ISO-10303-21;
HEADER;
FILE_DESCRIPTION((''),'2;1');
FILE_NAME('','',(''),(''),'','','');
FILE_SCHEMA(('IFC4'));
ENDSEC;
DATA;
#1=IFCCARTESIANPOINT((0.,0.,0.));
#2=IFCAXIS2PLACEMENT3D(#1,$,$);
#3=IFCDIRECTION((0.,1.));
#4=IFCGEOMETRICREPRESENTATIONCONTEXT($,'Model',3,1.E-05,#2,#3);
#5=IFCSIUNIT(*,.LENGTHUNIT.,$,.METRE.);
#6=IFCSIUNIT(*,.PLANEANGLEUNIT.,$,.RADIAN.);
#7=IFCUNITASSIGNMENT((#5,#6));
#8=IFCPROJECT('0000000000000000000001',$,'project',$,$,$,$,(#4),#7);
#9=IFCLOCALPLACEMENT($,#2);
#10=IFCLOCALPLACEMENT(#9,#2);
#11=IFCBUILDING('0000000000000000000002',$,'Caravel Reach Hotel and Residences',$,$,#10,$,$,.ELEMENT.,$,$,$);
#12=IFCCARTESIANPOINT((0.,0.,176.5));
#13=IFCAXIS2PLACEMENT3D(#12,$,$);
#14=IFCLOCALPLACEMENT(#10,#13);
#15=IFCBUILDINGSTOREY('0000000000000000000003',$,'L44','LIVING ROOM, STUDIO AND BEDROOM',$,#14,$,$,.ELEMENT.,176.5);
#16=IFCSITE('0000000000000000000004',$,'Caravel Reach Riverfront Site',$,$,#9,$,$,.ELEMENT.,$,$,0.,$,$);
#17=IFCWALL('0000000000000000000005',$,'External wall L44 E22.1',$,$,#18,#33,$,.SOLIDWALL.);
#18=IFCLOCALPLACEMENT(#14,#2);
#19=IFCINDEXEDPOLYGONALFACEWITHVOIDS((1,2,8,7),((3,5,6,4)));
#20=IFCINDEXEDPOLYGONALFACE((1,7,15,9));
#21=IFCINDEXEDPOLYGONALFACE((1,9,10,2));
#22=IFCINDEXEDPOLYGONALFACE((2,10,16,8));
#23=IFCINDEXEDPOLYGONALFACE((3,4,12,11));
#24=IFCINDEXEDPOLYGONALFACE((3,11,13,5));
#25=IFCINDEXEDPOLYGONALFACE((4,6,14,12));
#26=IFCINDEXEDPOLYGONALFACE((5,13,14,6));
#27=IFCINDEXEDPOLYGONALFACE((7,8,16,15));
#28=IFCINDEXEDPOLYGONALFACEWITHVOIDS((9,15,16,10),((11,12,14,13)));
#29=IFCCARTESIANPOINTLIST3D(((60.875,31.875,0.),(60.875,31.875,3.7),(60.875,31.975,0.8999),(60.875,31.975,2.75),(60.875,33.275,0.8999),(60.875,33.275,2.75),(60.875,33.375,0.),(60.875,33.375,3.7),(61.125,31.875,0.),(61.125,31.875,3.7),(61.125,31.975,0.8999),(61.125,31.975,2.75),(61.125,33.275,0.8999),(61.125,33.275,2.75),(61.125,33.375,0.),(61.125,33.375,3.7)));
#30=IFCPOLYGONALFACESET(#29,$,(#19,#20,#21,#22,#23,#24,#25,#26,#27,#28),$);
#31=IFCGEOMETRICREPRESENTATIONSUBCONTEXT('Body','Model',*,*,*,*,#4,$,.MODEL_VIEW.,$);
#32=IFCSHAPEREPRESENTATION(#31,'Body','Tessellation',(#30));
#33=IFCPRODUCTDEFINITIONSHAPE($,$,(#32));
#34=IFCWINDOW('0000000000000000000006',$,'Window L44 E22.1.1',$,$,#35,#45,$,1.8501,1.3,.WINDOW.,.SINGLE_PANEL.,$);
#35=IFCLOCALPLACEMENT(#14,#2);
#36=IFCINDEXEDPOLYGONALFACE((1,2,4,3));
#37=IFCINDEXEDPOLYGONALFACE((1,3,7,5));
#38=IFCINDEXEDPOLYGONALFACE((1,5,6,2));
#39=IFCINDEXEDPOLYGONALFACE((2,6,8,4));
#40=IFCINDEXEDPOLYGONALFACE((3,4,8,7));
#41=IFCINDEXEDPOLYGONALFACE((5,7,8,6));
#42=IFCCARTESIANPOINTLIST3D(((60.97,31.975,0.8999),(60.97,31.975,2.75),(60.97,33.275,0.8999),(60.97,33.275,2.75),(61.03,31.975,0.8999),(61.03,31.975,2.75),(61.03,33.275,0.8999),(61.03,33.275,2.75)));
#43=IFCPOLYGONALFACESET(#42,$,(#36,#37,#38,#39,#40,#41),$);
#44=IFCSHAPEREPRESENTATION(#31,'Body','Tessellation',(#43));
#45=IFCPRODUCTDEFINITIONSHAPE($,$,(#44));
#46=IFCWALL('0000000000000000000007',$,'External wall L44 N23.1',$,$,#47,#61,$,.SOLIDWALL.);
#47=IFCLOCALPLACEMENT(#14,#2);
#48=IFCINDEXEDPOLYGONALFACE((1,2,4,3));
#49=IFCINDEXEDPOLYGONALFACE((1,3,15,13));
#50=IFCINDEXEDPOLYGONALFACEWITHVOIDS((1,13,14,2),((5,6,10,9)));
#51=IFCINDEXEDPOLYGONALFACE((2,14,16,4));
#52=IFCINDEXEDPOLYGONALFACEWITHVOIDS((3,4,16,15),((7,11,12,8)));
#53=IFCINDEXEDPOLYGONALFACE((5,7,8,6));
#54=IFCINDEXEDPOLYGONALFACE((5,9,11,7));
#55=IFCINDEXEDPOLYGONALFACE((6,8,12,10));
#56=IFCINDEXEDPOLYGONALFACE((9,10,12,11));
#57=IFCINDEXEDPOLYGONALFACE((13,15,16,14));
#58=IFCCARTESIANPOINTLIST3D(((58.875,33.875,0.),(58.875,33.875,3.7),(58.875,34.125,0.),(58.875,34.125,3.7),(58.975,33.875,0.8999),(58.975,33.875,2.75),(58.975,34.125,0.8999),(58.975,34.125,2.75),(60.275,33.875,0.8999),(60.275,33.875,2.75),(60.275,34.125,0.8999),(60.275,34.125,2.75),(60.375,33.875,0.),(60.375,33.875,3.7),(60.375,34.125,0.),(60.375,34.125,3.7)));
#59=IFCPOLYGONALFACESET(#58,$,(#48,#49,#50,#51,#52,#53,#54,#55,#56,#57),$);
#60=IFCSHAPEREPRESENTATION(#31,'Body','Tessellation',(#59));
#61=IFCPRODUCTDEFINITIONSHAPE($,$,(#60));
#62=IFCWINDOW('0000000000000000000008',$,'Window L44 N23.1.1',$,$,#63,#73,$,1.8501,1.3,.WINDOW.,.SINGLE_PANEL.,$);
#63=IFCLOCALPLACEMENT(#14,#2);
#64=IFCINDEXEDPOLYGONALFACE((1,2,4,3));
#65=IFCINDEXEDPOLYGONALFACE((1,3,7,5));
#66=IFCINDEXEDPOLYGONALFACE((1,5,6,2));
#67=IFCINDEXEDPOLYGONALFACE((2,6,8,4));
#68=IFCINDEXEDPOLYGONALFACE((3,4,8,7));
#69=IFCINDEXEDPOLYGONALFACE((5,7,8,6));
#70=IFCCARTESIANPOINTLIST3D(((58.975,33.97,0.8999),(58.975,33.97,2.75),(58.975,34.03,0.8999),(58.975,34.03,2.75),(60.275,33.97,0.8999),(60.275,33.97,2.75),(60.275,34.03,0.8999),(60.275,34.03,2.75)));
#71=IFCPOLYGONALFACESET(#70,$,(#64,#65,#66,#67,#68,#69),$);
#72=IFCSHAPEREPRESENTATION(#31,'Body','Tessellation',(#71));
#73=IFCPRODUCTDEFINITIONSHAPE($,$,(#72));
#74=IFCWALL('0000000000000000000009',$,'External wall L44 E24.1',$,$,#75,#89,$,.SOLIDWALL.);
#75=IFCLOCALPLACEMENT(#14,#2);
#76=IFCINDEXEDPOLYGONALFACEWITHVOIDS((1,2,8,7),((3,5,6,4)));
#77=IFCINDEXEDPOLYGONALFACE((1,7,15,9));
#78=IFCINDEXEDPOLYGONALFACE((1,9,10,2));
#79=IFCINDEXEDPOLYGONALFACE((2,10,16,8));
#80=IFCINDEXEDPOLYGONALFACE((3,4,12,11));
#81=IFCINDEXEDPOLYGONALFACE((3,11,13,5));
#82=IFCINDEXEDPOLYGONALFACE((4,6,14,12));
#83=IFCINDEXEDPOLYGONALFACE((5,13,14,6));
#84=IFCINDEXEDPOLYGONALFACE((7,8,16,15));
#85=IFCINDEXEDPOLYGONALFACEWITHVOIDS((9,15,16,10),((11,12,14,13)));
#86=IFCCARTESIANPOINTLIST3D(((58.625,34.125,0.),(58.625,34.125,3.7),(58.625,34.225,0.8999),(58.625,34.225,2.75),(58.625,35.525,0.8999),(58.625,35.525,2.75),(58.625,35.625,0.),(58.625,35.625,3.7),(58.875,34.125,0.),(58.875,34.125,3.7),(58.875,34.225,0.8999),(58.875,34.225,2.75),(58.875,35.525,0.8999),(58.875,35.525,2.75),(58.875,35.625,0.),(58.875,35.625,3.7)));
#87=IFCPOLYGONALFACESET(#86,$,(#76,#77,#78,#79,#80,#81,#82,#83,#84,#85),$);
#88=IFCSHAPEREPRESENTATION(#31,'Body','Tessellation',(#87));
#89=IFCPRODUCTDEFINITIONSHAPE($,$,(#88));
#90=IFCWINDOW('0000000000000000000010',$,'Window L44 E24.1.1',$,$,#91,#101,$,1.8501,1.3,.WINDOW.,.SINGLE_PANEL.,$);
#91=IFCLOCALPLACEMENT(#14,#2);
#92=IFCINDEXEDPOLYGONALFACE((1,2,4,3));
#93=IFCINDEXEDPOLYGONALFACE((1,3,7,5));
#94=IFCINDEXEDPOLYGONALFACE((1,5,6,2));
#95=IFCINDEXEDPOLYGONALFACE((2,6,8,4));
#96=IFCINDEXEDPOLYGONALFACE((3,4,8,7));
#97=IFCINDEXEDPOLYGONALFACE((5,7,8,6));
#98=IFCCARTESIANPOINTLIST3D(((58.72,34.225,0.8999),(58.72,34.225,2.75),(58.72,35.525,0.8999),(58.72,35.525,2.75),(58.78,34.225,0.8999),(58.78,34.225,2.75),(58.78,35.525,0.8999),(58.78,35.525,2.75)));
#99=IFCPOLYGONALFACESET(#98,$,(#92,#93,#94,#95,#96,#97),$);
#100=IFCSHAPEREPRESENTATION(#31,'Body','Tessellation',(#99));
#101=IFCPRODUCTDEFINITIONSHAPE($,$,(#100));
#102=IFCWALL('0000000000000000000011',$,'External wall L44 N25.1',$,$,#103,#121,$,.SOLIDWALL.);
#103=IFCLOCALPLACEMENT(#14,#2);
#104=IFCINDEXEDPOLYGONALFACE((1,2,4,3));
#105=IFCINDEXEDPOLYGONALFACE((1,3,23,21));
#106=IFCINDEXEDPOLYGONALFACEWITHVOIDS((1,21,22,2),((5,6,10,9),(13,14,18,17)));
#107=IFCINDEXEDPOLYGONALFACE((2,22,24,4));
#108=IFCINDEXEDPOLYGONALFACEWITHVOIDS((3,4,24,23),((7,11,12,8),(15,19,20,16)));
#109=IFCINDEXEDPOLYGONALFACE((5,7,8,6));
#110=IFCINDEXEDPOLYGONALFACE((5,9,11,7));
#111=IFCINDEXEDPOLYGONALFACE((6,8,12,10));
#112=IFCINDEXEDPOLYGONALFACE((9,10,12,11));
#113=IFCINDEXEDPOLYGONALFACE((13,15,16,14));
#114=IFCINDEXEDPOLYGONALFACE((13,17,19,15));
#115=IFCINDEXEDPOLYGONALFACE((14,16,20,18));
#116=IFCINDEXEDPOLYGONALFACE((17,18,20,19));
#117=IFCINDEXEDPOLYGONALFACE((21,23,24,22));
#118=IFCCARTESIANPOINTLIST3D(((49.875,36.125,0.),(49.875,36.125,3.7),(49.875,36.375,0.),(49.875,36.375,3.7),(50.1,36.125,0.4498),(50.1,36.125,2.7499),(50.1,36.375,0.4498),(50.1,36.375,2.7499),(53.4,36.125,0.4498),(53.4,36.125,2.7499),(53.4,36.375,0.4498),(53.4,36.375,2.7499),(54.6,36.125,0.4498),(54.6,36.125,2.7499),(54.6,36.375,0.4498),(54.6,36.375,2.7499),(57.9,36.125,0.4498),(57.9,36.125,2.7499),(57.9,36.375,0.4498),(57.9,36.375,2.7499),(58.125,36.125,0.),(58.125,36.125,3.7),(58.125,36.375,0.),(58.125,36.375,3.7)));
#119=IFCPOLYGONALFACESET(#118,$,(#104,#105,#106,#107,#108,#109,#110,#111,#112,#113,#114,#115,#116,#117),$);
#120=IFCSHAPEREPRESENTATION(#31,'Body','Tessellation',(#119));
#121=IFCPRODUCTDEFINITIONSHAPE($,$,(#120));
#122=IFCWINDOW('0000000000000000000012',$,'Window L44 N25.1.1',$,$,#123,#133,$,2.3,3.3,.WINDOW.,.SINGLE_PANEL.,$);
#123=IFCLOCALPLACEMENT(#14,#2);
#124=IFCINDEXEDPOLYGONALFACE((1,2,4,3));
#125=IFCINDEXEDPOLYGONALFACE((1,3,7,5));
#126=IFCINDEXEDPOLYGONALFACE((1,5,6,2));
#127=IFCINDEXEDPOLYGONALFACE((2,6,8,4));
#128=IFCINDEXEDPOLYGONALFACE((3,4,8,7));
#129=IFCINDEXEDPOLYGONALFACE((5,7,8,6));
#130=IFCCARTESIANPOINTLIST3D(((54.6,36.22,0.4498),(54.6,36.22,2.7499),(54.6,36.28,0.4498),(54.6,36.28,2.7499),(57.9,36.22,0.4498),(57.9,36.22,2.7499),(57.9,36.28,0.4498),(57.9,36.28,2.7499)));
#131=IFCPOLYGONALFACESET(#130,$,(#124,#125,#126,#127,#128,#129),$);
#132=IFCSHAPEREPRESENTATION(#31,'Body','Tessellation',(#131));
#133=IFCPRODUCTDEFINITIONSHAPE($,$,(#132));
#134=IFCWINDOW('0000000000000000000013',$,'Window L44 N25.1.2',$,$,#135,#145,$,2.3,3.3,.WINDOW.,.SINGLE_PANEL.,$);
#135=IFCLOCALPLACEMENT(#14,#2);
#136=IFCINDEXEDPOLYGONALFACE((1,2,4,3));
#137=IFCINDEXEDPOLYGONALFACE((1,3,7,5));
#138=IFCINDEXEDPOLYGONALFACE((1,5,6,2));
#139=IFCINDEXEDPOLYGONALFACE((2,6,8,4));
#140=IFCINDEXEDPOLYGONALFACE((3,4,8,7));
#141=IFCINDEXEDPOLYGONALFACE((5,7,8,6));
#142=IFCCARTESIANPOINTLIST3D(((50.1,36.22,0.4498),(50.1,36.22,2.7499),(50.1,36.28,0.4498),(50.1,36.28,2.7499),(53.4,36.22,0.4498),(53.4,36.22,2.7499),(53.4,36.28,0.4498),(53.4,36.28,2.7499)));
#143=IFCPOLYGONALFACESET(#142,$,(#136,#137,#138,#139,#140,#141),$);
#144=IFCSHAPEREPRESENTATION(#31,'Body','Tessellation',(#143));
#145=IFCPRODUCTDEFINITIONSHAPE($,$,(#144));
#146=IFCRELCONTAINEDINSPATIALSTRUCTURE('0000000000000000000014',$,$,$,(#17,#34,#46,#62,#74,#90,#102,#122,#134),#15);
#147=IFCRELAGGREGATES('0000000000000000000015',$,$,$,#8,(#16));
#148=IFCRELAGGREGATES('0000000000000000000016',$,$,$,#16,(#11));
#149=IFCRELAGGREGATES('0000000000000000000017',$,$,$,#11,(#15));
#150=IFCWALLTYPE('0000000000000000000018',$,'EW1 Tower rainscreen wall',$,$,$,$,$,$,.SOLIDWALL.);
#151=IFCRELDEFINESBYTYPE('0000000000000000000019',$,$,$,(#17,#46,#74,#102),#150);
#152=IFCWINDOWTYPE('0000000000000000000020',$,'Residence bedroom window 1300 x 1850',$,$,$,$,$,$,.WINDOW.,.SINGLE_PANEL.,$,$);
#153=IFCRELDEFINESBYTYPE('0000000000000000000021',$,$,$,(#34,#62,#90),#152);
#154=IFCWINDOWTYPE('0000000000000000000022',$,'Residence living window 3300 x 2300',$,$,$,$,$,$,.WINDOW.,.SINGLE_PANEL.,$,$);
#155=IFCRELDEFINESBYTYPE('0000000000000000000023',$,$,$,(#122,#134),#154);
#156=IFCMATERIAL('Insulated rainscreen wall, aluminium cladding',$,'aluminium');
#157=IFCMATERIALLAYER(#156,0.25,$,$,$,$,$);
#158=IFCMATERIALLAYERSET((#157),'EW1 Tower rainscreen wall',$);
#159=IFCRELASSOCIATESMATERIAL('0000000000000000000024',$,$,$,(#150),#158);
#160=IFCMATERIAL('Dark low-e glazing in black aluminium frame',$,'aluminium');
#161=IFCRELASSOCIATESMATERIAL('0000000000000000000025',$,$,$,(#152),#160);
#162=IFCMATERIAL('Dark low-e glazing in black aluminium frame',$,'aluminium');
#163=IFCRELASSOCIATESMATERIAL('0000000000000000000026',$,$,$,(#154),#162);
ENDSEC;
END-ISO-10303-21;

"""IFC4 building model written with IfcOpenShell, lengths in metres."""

from ifc_helpers import new_model, si_unit, direction, frame, frame_2d, origin, place, context, subcontext, project, spatial, rectangle, extrude, material, layer, layer_set, type_object, element, fill, save


model = new_model("IFC4")

# Units and contexts
model_context = context("Model", 3, precision=1e-05, world=origin(), true_north=direction((0.0, 1.0)))
body_context = subcontext(model_context, "Body", "Model", "MODEL_VIEW")
ifc_project = project(units=[si_unit("LENGTHUNIT", "METRE"), si_unit("PLANEANGLEUNIT", "RADIAN")], contexts=[model_context])

# Site, building, storey
site_placement = place(None, origin())
site = spatial("IfcSite", under=ifc_project, at=site_placement, Name="Caravel Reach Riverfront Site", CompositionType="ELEMENT", RefElevation=0.0)
building_placement = place(site_placement, origin())
building = spatial("IfcBuilding", under=site, at=building_placement, Name="Caravel Reach Hotel and Residences", CompositionType="ELEMENT")
storey_placement = place(building_placement, frame((0.0, 0.0, 176.5)))
storey = spatial("IfcBuildingStorey", under=building, at=storey_placement, Name="L44", Description="LIVING ROOM, STUDIO AND BEDROOM", CompositionType="ELEMENT", Elevation=176.5)

# Walls, openings, windows
ifc_material_1 = material(Name="Insulated rainscreen wall, aluminium cladding", Category="aluminium")
ifc_layer = layer(ifc_material_1, 0.25)
ifc_layer_set = layer_set([ifc_layer], Name="EW1 Tower rainscreen wall")
wall_type = type_object("IfcWallType", Name="EW1 Tower rainscreen wall", PredefinedType="SOLIDWALL", material=ifc_layer_set)
ifc_material_2 = material(Name="Dark low-e glazing in black aluminium frame", Category="aluminium")
window_type_1 = type_object("IfcWindowType", Name="Residence bedroom window 1300 x 1850", PartitioningType="SINGLE_PANEL", PredefinedType="WINDOW", material=ifc_material_2)
wall_1_placement = place(storey_placement, frame((61.0, 31.875, 0.0), z_axis=(0.0, 0.0, 1.0), x_axis=(0.0, 1.0, 0.0)))
wall_1 = element("IfcWall", 1, at=wall_1_placement, inside=storey, type_object=wall_type, Name="External wall L44 E22.1", PredefinedType="SOLIDWALL", context=body_context, shape_type="SweptSolid", body=[
    extrude(rectangle(XDim=1.5, YDim=0.25, at=frame_2d((0.75, 0.0))), origin(), (0.0, 0.0, 1.0), 3.7),
])
opening_1_placement = place(wall_1_placement, frame((0.1001, 0.0, 0.8999)))
opening_1 = element("IfcOpeningElement", 2, at=opening_1_placement, cuts=wall_1, PredefinedType="OPENING", context=body_context, shape_type="SweptSolid", body=[
    extrude(rectangle(XDim=1.3, YDim=1.8501, at=frame_2d((0.6499, 0.925))), frame((0.0, 0.135, 0.0), z_axis=(0.0, -1.0, 0.0), x_axis=(1.0, 0.0, 0.0)), (0.0, 0.0, 1.0), 0.27),
])
window_1_placement = place(opening_1_placement, origin())
window_1 = element("IfcWindow", 3, at=window_1_placement, inside=storey, type_object=window_type_1, Name="Window L44 E22.1.1", OverallHeight=1.8501, OverallWidth=1.3, PartitioningType="SINGLE_PANEL", PredefinedType="WINDOW", context=body_context, shape_type="SweptSolid", body=[
    extrude(rectangle(XDim=1.3, YDim=1.8501, at=frame_2d((0.6499, 0.925))), frame((0.0, 0.03, 0.0), z_axis=(0.0, -1.0, 0.0), x_axis=(1.0, 0.0, 0.0)), (0.0, 0.0, 1.0), 0.0601),
])
fill(opening_1, window_1)
wall_2_placement = place(storey_placement, frame((60.375, 34.0, 0.0), z_axis=(0.0, 0.0, 1.0), x_axis=(-1.0, 0.0, 0.0)))
wall_2 = element("IfcWall", 4, at=wall_2_placement, inside=storey, type_object=wall_type, Name="External wall L44 N23.1", PredefinedType="SOLIDWALL", context=body_context, shape_type="SweptSolid", body=[
    extrude(rectangle(XDim=1.5, YDim=0.25, at=frame_2d((0.75, 0.0))), origin(), (0.0, 0.0, 1.0), 3.7),
])
opening_2_placement = place(wall_2_placement, frame((0.1001, 0.0, 0.8999)))
opening_2 = element("IfcOpeningElement", 5, at=opening_2_placement, cuts=wall_2, PredefinedType="OPENING", context=body_context, shape_type="SweptSolid", body=[
    extrude(rectangle(XDim=1.3, YDim=1.8501, at=frame_2d((0.6499, 0.925))), frame((0.0, 0.135, 0.0), z_axis=(0.0, -1.0, 0.0), x_axis=(1.0, 0.0, 0.0)), (0.0, 0.0, 1.0), 0.27),
])
window_2_placement = place(opening_2_placement, origin())
window_2 = element("IfcWindow", 6, at=window_2_placement, inside=storey, type_object=window_type_1, Name="Window L44 N23.1.1", OverallHeight=1.8501, OverallWidth=1.3, PartitioningType="SINGLE_PANEL", PredefinedType="WINDOW", context=body_context, shape_type="SweptSolid", body=[
    extrude(rectangle(XDim=1.3, YDim=1.8501, at=frame_2d((0.6499, 0.925))), frame((0.0, 0.03, 0.0), z_axis=(0.0, -1.0, 0.0), x_axis=(1.0, 0.0, 0.0)), (0.0, 0.0, 1.0), 0.0601),
])
fill(opening_2, window_2)
wall_3_placement = place(storey_placement, frame((58.75, 34.125, 0.0), z_axis=(0.0, 0.0, 1.0), x_axis=(0.0, 1.0, 0.0)))
wall_3 = element("IfcWall", 7, at=wall_3_placement, inside=storey, type_object=wall_type, Name="External wall L44 E24.1", PredefinedType="SOLIDWALL", context=body_context, shape_type="SweptSolid", body=[
    extrude(rectangle(XDim=1.5, YDim=0.25, at=frame_2d((0.75, 0.0))), origin(), (0.0, 0.0, 1.0), 3.7),
])
opening_3_placement = place(wall_3_placement, frame((0.1001, 0.0, 0.8999)))
opening_3 = element("IfcOpeningElement", 8, at=opening_3_placement, cuts=wall_3, PredefinedType="OPENING", context=body_context, shape_type="SweptSolid", body=[
    extrude(rectangle(XDim=1.3, YDim=1.8501, at=frame_2d((0.6499, 0.925))), frame((0.0, 0.135, 0.0), z_axis=(0.0, -1.0, 0.0), x_axis=(1.0, 0.0, 0.0)), (0.0, 0.0, 1.0), 0.27),
])
window_3_placement = place(opening_3_placement, origin())
window_3 = element("IfcWindow", 9, at=window_3_placement, inside=storey, type_object=window_type_1, Name="Window L44 E24.1.1", OverallHeight=1.8501, OverallWidth=1.3, PartitioningType="SINGLE_PANEL", PredefinedType="WINDOW", context=body_context, shape_type="SweptSolid", body=[
    extrude(rectangle(XDim=1.3, YDim=1.8501, at=frame_2d((0.6499, 0.925))), frame((0.0, 0.03, 0.0), z_axis=(0.0, -1.0, 0.0), x_axis=(1.0, 0.0, 0.0)), (0.0, 0.0, 1.0), 0.0601),
])
fill(opening_3, window_3)

# Wall, openings, windows
wall_4_placement = place(storey_placement, frame((58.125, 36.25, 0.0), z_axis=(0.0, 0.0, 1.0), x_axis=(-1.0, 0.0, 0.0)))
wall_4 = element("IfcWall", 10, at=wall_4_placement, inside=storey, type_object=wall_type, Name="External wall L44 N25.1", PredefinedType="SOLIDWALL", context=body_context, shape_type="SweptSolid", body=[
    extrude(rectangle(XDim=8.25, YDim=0.25, at=frame_2d((4.125, 0.0))), origin(), (0.0, 0.0, 1.0), 3.7),
])
opening_4_placement = place(wall_4_placement, frame((0.2251, 0.0, 0.45)))
opening_4 = element("IfcOpeningElement", 11, at=opening_4_placement, cuts=wall_4, PredefinedType="OPENING", context=body_context, shape_type="SweptSolid", body=[
    extrude(rectangle(XDim=3.3, YDim=2.3, at=frame_2d((1.6499, 1.1499))), frame((0.0, 0.135, 0.0), z_axis=(0.0, -1.0, 0.0), x_axis=(1.0, 0.0, 0.0)), (0.0, 0.0, 1.0), 0.27),
])
opening_5_placement = place(wall_4_placement, frame((4.7251, 0.0, 0.45)))
opening_5 = element("IfcOpeningElement", 12, at=opening_5_placement, cuts=wall_4, PredefinedType="OPENING", context=body_context, shape_type="SweptSolid", body=[
    extrude(rectangle(XDim=3.3, YDim=2.3, at=frame_2d((1.6499, 1.1499))), frame((0.0, 0.135, 0.0), z_axis=(0.0, -1.0, 0.0), x_axis=(1.0, 0.0, 0.0)), (0.0, 0.0, 1.0), 0.27),
])
ifc_material_3 = material(Name="Dark low-e glazing in black aluminium frame", Category="aluminium")
window_type_2 = type_object("IfcWindowType", Name="Residence living window 3300 x 2300", PartitioningType="SINGLE_PANEL", PredefinedType="WINDOW", material=ifc_material_3)
window_4_placement = place(opening_4_placement, origin())
window_4 = element("IfcWindow", 13, at=window_4_placement, inside=storey, type_object=window_type_2, Name="Window L44 N25.1.1", OverallHeight=2.3, OverallWidth=3.3, PartitioningType="SINGLE_PANEL", PredefinedType="WINDOW", context=body_context, shape_type="SweptSolid", body=[
    extrude(rectangle(XDim=3.3, YDim=2.3, at=frame_2d((1.6499, 1.1499))), frame((0.0, 0.03, 0.0), z_axis=(0.0, -1.0, 0.0), x_axis=(1.0, 0.0, 0.0)), (0.0, 0.0, 1.0), 0.0601),
])
fill(opening_4, window_4)
window_5_placement = place(opening_5_placement, origin())
window_5 = element("IfcWindow", 14, at=window_5_placement, inside=storey, type_object=window_type_2, Name="Window L44 N25.1.2", OverallHeight=2.3, OverallWidth=3.3, PartitioningType="SINGLE_PANEL", PredefinedType="WINDOW", context=body_context, shape_type="SweptSolid", body=[
    extrude(rectangle(XDim=3.3, YDim=2.3, at=frame_2d((1.6499, 1.1499))), frame((0.0, 0.03, 0.0), z_axis=(0.0, -1.0, 0.0), x_axis=(1.0, 0.0, 0.0)), (0.0, 0.0, 1.0), 0.0601),
])
fill(opening_5, window_5)

save(model, "model.ifc")
